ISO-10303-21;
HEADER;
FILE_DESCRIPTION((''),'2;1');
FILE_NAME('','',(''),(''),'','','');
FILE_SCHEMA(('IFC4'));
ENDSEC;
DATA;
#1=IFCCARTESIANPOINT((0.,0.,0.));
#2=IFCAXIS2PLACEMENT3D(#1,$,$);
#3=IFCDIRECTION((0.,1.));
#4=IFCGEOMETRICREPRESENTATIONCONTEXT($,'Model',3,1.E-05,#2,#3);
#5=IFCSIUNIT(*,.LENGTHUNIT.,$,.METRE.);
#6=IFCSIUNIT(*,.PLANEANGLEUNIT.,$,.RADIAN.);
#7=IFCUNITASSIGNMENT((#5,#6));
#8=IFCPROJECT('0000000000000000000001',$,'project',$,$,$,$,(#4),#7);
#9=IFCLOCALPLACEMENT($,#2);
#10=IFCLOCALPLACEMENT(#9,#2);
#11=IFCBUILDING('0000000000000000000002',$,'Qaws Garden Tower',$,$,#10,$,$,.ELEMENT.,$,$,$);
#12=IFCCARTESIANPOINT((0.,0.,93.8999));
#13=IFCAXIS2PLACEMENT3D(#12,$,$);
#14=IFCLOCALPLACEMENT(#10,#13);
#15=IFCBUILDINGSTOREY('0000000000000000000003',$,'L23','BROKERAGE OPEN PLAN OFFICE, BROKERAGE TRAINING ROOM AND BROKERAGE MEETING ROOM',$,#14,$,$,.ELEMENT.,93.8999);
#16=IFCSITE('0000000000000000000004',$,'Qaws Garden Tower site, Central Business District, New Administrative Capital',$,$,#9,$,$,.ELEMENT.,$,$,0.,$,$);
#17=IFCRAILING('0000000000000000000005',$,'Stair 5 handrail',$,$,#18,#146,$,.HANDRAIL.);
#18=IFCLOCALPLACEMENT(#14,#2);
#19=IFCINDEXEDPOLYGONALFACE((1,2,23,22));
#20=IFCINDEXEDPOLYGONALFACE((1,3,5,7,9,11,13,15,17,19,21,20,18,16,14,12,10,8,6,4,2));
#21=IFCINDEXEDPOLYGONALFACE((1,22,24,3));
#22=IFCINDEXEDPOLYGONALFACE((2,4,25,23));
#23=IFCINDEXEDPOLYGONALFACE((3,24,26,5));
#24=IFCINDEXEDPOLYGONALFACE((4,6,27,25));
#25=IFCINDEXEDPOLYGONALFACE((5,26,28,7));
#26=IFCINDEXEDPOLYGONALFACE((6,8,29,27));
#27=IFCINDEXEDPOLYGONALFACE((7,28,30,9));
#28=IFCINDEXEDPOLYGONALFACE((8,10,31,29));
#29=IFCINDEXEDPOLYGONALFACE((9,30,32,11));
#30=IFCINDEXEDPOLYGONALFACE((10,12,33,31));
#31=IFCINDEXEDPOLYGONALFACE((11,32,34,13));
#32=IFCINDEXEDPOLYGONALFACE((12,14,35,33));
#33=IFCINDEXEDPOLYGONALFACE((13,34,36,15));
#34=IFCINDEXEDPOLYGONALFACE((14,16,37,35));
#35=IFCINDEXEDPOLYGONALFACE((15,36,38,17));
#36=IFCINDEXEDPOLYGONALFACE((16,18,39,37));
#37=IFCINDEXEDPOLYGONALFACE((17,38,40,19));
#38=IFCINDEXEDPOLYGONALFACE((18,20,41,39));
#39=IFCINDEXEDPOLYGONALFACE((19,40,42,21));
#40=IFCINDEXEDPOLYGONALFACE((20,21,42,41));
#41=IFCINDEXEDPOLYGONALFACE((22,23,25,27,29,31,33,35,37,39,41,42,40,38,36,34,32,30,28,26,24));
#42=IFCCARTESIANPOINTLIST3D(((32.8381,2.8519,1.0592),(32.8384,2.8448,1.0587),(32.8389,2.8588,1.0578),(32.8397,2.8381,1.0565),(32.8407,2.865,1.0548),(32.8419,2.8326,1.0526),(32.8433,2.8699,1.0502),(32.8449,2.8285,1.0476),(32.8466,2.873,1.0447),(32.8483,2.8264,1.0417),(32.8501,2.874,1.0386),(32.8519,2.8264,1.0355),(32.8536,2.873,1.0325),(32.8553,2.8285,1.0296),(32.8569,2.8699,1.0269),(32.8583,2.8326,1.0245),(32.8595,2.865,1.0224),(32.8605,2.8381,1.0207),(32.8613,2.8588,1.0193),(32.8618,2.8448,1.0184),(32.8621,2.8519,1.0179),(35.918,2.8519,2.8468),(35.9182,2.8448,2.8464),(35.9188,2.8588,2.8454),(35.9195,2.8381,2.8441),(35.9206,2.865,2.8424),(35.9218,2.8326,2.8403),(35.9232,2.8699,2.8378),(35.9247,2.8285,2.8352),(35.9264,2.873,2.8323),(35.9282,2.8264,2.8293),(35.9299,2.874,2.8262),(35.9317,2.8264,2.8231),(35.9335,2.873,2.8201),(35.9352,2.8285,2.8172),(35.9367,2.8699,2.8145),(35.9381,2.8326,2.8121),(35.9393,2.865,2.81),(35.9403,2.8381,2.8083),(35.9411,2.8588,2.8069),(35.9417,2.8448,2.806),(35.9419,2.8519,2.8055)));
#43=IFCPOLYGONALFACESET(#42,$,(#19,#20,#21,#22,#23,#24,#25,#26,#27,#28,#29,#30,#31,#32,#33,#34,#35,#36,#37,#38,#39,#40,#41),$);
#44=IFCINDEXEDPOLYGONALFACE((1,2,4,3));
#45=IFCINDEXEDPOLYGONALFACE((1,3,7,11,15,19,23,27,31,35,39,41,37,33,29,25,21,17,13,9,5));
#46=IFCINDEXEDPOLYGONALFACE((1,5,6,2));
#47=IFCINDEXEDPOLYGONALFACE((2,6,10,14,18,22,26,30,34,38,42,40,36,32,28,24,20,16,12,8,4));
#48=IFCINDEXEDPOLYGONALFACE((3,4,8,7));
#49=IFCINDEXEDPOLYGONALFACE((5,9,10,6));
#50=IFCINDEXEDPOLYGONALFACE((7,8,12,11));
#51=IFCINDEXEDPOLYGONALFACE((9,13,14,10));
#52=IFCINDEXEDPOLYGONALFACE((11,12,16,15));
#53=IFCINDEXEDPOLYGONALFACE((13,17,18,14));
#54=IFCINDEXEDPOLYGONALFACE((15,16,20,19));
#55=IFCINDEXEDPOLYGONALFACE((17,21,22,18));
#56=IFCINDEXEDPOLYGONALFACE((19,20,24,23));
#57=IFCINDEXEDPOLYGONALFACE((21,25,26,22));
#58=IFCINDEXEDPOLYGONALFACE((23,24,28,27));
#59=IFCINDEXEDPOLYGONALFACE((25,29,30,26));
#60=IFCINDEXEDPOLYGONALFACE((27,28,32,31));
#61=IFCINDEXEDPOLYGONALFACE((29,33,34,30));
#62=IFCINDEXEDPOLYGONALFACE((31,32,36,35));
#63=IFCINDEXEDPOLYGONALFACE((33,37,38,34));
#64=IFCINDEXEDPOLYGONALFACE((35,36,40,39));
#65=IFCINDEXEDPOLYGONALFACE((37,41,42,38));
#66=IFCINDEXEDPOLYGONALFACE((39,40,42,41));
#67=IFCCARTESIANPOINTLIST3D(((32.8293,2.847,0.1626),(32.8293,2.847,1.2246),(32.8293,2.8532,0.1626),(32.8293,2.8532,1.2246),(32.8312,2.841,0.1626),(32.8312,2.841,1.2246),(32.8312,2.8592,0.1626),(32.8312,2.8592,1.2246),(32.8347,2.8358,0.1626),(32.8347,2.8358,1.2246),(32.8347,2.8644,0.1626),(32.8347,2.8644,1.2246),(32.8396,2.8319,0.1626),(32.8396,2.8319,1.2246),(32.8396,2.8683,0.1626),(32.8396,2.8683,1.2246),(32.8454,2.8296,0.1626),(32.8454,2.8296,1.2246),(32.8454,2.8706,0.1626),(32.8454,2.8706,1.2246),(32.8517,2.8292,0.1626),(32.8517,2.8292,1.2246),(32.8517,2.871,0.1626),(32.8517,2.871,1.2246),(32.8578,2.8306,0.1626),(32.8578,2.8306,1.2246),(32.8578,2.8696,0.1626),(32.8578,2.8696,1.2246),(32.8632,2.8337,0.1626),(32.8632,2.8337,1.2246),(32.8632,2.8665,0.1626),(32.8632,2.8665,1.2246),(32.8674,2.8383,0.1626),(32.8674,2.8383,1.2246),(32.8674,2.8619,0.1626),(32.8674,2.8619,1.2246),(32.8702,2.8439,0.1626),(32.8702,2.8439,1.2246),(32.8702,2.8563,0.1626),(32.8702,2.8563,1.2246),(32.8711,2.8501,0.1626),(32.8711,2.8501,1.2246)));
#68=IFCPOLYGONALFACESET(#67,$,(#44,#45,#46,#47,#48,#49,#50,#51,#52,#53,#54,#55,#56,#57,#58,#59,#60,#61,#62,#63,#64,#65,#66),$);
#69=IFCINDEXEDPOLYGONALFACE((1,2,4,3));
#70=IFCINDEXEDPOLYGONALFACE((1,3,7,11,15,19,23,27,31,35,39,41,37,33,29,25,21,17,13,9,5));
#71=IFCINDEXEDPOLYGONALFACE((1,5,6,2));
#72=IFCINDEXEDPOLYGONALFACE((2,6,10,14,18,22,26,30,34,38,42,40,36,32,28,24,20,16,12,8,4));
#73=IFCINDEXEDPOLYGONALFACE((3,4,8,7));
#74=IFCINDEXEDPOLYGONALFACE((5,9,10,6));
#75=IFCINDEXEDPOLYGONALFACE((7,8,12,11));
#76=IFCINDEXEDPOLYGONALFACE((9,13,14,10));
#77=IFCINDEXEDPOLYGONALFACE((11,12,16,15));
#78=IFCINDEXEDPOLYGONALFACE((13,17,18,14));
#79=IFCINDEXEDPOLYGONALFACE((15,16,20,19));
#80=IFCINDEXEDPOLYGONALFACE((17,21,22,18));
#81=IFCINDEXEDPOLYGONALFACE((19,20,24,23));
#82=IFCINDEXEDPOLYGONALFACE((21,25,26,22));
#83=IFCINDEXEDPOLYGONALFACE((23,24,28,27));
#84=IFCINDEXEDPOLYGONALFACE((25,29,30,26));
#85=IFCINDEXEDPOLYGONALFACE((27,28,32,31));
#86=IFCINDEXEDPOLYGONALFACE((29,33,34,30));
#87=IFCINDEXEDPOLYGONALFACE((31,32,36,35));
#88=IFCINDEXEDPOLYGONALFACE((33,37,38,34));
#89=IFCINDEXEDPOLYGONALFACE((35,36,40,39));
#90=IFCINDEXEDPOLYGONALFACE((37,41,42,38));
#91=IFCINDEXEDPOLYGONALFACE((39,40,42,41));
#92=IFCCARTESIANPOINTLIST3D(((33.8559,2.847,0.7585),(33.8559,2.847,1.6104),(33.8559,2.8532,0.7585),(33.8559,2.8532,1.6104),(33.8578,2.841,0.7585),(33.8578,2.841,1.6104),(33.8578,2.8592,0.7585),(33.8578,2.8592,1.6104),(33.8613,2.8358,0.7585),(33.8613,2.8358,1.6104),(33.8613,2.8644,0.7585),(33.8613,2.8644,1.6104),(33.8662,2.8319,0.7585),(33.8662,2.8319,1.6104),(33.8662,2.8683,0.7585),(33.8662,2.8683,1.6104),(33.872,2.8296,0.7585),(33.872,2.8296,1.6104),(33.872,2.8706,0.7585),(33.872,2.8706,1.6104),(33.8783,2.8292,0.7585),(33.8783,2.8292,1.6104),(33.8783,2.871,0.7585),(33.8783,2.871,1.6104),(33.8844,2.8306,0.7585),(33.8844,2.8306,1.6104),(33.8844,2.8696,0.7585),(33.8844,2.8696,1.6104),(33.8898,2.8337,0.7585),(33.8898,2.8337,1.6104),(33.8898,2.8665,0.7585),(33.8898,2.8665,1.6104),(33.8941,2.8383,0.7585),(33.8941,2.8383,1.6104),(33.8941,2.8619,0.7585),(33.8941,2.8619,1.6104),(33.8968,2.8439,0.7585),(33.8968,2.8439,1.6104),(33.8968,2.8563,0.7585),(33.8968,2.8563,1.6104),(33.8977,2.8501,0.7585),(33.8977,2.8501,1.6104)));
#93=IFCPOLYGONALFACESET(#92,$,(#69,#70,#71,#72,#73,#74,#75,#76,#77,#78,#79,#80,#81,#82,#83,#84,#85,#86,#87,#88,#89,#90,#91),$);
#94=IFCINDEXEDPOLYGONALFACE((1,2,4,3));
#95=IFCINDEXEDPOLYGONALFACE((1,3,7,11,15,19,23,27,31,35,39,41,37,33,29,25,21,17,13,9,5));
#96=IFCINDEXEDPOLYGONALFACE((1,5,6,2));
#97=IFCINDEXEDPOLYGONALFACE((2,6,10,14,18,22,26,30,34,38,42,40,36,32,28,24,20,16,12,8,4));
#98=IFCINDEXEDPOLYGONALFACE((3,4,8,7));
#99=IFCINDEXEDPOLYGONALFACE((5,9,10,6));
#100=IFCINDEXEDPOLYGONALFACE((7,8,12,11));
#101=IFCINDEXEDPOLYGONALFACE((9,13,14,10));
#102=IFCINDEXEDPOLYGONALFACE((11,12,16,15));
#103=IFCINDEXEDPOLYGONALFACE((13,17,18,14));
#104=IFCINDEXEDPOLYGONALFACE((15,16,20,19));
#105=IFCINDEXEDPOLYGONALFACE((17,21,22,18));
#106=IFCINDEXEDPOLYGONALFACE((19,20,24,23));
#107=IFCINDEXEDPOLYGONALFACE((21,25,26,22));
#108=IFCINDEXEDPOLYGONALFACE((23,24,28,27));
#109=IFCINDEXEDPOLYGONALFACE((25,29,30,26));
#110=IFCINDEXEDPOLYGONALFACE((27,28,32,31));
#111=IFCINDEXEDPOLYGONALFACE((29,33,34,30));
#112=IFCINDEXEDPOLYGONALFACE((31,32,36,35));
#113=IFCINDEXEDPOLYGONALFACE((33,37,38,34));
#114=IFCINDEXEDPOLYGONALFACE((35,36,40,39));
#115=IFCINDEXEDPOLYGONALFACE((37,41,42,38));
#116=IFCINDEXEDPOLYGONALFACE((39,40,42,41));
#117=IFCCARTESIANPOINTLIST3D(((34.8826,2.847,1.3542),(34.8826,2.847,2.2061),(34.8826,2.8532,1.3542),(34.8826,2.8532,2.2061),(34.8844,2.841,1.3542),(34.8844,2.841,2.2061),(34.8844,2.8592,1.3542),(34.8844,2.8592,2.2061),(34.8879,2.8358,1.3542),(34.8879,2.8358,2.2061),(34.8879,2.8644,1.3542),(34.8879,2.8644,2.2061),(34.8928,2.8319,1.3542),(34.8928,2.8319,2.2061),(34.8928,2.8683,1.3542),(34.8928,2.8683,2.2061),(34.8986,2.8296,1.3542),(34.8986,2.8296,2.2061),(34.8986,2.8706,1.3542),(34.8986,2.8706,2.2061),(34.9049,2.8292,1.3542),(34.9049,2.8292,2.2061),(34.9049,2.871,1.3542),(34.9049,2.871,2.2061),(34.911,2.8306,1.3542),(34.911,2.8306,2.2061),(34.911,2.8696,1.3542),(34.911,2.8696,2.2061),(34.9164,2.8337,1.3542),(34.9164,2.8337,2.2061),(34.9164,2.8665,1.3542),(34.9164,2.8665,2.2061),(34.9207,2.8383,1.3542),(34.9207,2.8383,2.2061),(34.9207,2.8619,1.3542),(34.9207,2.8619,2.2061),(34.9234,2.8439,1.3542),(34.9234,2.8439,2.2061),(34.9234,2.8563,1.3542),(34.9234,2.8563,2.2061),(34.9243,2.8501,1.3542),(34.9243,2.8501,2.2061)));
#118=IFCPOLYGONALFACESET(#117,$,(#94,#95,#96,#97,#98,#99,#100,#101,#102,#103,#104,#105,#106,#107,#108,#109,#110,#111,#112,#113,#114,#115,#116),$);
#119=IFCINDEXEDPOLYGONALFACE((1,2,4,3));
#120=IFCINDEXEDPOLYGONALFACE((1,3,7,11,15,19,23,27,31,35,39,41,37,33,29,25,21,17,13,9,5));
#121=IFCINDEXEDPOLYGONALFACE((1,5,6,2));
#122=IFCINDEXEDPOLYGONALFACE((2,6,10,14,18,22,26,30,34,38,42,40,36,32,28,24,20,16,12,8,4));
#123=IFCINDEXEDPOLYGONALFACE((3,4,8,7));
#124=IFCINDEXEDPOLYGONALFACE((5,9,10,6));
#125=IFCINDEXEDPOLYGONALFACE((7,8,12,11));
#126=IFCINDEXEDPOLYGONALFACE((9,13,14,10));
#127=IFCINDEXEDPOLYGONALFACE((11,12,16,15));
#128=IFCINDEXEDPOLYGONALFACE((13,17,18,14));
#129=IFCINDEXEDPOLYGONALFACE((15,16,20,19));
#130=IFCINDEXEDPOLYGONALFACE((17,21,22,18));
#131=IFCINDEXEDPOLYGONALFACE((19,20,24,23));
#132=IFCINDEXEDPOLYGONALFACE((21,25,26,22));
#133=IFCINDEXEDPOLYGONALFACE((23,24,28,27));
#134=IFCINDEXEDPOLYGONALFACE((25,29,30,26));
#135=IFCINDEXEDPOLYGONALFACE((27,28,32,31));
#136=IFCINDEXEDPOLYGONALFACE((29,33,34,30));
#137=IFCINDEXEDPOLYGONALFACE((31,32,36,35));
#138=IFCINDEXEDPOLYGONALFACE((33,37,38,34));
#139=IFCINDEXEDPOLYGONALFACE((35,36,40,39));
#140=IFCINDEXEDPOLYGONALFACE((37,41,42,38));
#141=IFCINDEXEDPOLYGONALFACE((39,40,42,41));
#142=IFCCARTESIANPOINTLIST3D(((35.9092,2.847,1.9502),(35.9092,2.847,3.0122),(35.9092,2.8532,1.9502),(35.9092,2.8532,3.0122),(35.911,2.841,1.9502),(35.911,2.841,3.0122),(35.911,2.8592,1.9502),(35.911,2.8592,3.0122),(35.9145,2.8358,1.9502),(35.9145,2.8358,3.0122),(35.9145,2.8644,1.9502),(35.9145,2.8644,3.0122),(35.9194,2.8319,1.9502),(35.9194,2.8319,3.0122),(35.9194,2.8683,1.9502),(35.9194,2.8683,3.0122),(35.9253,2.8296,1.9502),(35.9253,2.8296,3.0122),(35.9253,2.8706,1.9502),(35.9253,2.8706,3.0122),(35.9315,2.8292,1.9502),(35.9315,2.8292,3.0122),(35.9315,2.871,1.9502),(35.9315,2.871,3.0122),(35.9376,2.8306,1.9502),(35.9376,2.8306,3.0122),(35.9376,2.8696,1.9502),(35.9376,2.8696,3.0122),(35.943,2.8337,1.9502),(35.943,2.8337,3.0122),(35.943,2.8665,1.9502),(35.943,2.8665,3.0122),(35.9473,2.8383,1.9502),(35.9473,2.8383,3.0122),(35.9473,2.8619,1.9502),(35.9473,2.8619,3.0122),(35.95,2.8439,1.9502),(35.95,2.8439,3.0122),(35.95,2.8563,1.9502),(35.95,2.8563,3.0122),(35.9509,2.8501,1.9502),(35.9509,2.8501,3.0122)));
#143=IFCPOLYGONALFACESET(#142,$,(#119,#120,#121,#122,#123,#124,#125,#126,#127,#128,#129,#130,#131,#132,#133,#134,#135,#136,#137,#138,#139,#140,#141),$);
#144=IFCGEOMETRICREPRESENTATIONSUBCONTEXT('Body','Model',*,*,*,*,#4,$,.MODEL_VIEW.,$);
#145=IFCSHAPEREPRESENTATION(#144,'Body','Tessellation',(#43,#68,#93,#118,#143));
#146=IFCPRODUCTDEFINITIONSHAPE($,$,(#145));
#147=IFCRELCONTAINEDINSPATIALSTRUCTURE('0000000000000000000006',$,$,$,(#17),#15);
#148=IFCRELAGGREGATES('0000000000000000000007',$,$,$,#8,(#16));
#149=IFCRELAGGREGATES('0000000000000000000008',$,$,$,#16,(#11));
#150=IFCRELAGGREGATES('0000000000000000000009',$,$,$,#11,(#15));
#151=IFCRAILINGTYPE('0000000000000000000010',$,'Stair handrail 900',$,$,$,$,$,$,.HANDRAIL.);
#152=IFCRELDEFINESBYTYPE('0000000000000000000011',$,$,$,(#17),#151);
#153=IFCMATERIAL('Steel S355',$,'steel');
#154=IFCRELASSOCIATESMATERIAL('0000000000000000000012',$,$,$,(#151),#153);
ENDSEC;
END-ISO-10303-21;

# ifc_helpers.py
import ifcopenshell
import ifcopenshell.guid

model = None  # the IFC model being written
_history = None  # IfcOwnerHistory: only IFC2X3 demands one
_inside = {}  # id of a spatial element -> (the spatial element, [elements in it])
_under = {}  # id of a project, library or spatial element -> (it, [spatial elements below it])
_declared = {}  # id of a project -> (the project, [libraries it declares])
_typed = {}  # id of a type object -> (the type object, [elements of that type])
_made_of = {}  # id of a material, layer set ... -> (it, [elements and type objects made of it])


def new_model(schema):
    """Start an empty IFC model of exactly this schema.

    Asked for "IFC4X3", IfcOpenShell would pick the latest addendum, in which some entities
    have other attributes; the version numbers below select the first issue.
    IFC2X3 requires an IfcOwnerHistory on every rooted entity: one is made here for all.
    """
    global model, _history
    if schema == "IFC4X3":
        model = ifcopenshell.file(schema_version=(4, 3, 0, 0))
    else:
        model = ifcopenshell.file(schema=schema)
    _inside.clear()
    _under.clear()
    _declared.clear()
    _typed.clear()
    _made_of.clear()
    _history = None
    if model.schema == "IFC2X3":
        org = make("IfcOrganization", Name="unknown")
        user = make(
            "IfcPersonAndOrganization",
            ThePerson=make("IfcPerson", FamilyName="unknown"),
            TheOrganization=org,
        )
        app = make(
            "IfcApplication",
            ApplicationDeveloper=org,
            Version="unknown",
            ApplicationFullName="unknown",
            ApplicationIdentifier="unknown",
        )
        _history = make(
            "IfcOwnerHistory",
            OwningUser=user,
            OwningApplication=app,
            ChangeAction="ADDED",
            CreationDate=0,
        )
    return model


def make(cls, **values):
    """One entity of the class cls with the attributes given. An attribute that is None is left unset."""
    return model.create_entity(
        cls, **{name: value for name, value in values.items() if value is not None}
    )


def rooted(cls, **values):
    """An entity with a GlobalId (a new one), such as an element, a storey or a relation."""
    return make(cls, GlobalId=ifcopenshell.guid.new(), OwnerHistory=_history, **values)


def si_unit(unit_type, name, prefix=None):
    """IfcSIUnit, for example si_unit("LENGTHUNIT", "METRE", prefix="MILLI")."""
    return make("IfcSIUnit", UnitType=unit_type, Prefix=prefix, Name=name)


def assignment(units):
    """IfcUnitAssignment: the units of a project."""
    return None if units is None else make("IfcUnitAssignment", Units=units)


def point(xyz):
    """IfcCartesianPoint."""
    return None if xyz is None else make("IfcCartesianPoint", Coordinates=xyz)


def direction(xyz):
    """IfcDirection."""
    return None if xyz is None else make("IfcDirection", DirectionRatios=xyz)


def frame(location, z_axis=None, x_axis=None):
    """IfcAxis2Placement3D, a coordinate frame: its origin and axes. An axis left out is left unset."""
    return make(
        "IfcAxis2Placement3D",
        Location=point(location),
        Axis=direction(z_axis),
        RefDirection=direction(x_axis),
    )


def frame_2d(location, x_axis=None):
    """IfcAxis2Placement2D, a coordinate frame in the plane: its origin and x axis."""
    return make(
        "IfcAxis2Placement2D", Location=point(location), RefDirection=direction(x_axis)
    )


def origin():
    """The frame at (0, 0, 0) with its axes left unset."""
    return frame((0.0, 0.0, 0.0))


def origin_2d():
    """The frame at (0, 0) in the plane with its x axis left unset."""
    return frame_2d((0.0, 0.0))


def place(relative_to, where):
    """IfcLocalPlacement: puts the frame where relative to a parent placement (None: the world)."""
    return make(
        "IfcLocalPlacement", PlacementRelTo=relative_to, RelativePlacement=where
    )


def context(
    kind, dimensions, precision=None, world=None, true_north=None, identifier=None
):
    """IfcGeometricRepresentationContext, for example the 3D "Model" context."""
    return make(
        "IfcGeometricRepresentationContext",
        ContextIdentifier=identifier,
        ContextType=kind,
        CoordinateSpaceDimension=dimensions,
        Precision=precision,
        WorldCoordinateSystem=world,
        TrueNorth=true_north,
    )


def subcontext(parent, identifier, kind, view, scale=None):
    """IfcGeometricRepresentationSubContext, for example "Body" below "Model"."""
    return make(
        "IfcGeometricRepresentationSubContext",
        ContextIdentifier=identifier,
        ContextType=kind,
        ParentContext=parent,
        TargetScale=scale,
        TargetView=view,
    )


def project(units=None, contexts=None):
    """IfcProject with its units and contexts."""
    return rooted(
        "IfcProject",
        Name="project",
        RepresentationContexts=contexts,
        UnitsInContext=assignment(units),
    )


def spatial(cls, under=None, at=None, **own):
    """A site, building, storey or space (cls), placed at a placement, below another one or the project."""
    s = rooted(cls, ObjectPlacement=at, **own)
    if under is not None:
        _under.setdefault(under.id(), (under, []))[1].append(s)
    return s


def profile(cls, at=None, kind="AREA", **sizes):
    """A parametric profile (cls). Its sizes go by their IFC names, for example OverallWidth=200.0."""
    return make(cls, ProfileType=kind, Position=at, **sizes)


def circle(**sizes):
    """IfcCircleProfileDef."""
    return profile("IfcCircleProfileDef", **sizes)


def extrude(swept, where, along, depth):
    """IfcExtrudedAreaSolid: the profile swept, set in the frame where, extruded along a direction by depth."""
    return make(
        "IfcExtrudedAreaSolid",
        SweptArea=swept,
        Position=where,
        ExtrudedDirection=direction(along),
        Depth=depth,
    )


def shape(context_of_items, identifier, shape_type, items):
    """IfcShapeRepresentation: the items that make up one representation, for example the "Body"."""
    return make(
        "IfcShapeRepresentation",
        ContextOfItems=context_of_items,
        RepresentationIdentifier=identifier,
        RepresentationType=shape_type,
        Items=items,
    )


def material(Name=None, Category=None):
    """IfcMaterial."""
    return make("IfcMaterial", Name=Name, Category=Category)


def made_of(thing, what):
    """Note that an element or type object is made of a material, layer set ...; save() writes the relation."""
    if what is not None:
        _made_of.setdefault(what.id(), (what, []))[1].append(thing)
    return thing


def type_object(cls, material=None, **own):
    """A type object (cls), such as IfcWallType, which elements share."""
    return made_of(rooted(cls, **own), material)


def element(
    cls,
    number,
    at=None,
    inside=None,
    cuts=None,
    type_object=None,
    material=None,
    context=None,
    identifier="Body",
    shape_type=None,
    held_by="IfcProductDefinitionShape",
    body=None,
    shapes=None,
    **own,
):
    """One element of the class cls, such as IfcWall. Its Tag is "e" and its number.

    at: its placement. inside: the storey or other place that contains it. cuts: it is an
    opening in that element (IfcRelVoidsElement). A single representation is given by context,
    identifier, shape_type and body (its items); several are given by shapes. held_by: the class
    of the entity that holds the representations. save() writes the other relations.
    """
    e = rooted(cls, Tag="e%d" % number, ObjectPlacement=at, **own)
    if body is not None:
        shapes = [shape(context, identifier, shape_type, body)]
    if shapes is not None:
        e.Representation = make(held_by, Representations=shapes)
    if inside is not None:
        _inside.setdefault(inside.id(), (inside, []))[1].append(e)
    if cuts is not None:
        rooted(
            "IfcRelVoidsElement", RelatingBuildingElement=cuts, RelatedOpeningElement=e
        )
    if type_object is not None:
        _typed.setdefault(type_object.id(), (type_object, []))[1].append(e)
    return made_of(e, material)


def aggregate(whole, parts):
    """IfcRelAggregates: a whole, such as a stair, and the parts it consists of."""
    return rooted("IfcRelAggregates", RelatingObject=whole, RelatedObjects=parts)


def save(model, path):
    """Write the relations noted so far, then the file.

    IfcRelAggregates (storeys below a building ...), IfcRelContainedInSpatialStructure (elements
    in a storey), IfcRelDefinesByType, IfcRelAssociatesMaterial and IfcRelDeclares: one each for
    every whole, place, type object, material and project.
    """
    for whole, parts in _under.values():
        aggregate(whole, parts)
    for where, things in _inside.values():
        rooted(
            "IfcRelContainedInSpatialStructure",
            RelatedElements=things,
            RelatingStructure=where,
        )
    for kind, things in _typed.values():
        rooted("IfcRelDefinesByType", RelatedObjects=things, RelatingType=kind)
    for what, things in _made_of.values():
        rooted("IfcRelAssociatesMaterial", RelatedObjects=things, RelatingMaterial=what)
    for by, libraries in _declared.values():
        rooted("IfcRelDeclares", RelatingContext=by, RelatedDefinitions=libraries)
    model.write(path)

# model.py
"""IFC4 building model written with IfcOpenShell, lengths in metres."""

from ifc_helpers import new_model, si_unit, direction, frame, origin, origin_2d, place, context, subcontext, project, spatial, circle, extrude, material, type_object, element, save


model = new_model("IFC4")

# Units and contexts
model_context = context("Model", 3, precision=1e-05, world=origin(), true_north=direction((0.0, 1.0)))
body_context = subcontext(model_context, "Body", "Model", "MODEL_VIEW")
ifc_project = project(units=[si_unit("LENGTHUNIT", "METRE"), si_unit("PLANEANGLEUNIT", "RADIAN")], contexts=[model_context])

# Site, building, storey
site_placement = place(None, origin())
site = spatial("IfcSite", under=ifc_project, at=site_placement, Name="Qaws Garden Tower site, Central Business District, New Administrative Capital", CompositionType="ELEMENT", RefElevation=0.0)
building_placement = place(site_placement, origin())
building = spatial("IfcBuilding", under=site, at=building_placement, Name="Qaws Garden Tower", CompositionType="ELEMENT")
storey_placement = place(building_placement, frame((0.0, 0.0, 93.8999)))
storey = spatial("IfcBuildingStorey", under=building, at=storey_placement, Name="L23", Description="BROKERAGE OPEN PLAN OFFICE, BROKERAGE TRAINING ROOM AND BROKERAGE MEETING ROOM", CompositionType="ELEMENT", Elevation=93.8999)

# Railing
ifc_material_1 = material(Name="Steel S355", Category="steel")
railing_type = type_object("IfcRailingType", Name="Stair handrail 900", PredefinedType="HANDRAIL", material=ifc_material_1)
railing_1_placement = place(storey_placement, frame((32.8501, 2.8501, 0.1626)))
element("IfcRailing", 1, at=railing_1_placement, inside=storey, type_object=railing_type, Name="Stair 5 handrail", PredefinedType="HANDRAIL", context=body_context, shape_type="SweptSolid", body=[
    extrude(circle(Radius=0.0239, at=origin_2d()), frame((0.0, 0.0, 0.876), z_axis=(0.864873, 0.0, 0.50199), x_axis=(0.0, 1.0, 0.0)), (0.0, 0.0, 1.0), 3.561),
    extrude(circle(Radius=0.021, at=origin_2d()), origin(), (0.0, 0.0, 1.0), 1.062),
    extrude(circle(Radius=0.021, at=origin_2d()), frame((1.0266, 0.0, 0.5959)), (0.0, 0.0, 1.0), 0.8518),
    extrude(circle(Radius=0.021, at=origin_2d()), frame((2.0532, 0.0, 1.1917)), (0.0, 0.0, 1.0), 0.8518),
    extrude(circle(Radius=0.021, at=origin_2d()), frame((3.0798, 0.0, 1.7876)), (0.0, 0.0, 1.0), 1.062),
])

save(model, "model.ifc")
